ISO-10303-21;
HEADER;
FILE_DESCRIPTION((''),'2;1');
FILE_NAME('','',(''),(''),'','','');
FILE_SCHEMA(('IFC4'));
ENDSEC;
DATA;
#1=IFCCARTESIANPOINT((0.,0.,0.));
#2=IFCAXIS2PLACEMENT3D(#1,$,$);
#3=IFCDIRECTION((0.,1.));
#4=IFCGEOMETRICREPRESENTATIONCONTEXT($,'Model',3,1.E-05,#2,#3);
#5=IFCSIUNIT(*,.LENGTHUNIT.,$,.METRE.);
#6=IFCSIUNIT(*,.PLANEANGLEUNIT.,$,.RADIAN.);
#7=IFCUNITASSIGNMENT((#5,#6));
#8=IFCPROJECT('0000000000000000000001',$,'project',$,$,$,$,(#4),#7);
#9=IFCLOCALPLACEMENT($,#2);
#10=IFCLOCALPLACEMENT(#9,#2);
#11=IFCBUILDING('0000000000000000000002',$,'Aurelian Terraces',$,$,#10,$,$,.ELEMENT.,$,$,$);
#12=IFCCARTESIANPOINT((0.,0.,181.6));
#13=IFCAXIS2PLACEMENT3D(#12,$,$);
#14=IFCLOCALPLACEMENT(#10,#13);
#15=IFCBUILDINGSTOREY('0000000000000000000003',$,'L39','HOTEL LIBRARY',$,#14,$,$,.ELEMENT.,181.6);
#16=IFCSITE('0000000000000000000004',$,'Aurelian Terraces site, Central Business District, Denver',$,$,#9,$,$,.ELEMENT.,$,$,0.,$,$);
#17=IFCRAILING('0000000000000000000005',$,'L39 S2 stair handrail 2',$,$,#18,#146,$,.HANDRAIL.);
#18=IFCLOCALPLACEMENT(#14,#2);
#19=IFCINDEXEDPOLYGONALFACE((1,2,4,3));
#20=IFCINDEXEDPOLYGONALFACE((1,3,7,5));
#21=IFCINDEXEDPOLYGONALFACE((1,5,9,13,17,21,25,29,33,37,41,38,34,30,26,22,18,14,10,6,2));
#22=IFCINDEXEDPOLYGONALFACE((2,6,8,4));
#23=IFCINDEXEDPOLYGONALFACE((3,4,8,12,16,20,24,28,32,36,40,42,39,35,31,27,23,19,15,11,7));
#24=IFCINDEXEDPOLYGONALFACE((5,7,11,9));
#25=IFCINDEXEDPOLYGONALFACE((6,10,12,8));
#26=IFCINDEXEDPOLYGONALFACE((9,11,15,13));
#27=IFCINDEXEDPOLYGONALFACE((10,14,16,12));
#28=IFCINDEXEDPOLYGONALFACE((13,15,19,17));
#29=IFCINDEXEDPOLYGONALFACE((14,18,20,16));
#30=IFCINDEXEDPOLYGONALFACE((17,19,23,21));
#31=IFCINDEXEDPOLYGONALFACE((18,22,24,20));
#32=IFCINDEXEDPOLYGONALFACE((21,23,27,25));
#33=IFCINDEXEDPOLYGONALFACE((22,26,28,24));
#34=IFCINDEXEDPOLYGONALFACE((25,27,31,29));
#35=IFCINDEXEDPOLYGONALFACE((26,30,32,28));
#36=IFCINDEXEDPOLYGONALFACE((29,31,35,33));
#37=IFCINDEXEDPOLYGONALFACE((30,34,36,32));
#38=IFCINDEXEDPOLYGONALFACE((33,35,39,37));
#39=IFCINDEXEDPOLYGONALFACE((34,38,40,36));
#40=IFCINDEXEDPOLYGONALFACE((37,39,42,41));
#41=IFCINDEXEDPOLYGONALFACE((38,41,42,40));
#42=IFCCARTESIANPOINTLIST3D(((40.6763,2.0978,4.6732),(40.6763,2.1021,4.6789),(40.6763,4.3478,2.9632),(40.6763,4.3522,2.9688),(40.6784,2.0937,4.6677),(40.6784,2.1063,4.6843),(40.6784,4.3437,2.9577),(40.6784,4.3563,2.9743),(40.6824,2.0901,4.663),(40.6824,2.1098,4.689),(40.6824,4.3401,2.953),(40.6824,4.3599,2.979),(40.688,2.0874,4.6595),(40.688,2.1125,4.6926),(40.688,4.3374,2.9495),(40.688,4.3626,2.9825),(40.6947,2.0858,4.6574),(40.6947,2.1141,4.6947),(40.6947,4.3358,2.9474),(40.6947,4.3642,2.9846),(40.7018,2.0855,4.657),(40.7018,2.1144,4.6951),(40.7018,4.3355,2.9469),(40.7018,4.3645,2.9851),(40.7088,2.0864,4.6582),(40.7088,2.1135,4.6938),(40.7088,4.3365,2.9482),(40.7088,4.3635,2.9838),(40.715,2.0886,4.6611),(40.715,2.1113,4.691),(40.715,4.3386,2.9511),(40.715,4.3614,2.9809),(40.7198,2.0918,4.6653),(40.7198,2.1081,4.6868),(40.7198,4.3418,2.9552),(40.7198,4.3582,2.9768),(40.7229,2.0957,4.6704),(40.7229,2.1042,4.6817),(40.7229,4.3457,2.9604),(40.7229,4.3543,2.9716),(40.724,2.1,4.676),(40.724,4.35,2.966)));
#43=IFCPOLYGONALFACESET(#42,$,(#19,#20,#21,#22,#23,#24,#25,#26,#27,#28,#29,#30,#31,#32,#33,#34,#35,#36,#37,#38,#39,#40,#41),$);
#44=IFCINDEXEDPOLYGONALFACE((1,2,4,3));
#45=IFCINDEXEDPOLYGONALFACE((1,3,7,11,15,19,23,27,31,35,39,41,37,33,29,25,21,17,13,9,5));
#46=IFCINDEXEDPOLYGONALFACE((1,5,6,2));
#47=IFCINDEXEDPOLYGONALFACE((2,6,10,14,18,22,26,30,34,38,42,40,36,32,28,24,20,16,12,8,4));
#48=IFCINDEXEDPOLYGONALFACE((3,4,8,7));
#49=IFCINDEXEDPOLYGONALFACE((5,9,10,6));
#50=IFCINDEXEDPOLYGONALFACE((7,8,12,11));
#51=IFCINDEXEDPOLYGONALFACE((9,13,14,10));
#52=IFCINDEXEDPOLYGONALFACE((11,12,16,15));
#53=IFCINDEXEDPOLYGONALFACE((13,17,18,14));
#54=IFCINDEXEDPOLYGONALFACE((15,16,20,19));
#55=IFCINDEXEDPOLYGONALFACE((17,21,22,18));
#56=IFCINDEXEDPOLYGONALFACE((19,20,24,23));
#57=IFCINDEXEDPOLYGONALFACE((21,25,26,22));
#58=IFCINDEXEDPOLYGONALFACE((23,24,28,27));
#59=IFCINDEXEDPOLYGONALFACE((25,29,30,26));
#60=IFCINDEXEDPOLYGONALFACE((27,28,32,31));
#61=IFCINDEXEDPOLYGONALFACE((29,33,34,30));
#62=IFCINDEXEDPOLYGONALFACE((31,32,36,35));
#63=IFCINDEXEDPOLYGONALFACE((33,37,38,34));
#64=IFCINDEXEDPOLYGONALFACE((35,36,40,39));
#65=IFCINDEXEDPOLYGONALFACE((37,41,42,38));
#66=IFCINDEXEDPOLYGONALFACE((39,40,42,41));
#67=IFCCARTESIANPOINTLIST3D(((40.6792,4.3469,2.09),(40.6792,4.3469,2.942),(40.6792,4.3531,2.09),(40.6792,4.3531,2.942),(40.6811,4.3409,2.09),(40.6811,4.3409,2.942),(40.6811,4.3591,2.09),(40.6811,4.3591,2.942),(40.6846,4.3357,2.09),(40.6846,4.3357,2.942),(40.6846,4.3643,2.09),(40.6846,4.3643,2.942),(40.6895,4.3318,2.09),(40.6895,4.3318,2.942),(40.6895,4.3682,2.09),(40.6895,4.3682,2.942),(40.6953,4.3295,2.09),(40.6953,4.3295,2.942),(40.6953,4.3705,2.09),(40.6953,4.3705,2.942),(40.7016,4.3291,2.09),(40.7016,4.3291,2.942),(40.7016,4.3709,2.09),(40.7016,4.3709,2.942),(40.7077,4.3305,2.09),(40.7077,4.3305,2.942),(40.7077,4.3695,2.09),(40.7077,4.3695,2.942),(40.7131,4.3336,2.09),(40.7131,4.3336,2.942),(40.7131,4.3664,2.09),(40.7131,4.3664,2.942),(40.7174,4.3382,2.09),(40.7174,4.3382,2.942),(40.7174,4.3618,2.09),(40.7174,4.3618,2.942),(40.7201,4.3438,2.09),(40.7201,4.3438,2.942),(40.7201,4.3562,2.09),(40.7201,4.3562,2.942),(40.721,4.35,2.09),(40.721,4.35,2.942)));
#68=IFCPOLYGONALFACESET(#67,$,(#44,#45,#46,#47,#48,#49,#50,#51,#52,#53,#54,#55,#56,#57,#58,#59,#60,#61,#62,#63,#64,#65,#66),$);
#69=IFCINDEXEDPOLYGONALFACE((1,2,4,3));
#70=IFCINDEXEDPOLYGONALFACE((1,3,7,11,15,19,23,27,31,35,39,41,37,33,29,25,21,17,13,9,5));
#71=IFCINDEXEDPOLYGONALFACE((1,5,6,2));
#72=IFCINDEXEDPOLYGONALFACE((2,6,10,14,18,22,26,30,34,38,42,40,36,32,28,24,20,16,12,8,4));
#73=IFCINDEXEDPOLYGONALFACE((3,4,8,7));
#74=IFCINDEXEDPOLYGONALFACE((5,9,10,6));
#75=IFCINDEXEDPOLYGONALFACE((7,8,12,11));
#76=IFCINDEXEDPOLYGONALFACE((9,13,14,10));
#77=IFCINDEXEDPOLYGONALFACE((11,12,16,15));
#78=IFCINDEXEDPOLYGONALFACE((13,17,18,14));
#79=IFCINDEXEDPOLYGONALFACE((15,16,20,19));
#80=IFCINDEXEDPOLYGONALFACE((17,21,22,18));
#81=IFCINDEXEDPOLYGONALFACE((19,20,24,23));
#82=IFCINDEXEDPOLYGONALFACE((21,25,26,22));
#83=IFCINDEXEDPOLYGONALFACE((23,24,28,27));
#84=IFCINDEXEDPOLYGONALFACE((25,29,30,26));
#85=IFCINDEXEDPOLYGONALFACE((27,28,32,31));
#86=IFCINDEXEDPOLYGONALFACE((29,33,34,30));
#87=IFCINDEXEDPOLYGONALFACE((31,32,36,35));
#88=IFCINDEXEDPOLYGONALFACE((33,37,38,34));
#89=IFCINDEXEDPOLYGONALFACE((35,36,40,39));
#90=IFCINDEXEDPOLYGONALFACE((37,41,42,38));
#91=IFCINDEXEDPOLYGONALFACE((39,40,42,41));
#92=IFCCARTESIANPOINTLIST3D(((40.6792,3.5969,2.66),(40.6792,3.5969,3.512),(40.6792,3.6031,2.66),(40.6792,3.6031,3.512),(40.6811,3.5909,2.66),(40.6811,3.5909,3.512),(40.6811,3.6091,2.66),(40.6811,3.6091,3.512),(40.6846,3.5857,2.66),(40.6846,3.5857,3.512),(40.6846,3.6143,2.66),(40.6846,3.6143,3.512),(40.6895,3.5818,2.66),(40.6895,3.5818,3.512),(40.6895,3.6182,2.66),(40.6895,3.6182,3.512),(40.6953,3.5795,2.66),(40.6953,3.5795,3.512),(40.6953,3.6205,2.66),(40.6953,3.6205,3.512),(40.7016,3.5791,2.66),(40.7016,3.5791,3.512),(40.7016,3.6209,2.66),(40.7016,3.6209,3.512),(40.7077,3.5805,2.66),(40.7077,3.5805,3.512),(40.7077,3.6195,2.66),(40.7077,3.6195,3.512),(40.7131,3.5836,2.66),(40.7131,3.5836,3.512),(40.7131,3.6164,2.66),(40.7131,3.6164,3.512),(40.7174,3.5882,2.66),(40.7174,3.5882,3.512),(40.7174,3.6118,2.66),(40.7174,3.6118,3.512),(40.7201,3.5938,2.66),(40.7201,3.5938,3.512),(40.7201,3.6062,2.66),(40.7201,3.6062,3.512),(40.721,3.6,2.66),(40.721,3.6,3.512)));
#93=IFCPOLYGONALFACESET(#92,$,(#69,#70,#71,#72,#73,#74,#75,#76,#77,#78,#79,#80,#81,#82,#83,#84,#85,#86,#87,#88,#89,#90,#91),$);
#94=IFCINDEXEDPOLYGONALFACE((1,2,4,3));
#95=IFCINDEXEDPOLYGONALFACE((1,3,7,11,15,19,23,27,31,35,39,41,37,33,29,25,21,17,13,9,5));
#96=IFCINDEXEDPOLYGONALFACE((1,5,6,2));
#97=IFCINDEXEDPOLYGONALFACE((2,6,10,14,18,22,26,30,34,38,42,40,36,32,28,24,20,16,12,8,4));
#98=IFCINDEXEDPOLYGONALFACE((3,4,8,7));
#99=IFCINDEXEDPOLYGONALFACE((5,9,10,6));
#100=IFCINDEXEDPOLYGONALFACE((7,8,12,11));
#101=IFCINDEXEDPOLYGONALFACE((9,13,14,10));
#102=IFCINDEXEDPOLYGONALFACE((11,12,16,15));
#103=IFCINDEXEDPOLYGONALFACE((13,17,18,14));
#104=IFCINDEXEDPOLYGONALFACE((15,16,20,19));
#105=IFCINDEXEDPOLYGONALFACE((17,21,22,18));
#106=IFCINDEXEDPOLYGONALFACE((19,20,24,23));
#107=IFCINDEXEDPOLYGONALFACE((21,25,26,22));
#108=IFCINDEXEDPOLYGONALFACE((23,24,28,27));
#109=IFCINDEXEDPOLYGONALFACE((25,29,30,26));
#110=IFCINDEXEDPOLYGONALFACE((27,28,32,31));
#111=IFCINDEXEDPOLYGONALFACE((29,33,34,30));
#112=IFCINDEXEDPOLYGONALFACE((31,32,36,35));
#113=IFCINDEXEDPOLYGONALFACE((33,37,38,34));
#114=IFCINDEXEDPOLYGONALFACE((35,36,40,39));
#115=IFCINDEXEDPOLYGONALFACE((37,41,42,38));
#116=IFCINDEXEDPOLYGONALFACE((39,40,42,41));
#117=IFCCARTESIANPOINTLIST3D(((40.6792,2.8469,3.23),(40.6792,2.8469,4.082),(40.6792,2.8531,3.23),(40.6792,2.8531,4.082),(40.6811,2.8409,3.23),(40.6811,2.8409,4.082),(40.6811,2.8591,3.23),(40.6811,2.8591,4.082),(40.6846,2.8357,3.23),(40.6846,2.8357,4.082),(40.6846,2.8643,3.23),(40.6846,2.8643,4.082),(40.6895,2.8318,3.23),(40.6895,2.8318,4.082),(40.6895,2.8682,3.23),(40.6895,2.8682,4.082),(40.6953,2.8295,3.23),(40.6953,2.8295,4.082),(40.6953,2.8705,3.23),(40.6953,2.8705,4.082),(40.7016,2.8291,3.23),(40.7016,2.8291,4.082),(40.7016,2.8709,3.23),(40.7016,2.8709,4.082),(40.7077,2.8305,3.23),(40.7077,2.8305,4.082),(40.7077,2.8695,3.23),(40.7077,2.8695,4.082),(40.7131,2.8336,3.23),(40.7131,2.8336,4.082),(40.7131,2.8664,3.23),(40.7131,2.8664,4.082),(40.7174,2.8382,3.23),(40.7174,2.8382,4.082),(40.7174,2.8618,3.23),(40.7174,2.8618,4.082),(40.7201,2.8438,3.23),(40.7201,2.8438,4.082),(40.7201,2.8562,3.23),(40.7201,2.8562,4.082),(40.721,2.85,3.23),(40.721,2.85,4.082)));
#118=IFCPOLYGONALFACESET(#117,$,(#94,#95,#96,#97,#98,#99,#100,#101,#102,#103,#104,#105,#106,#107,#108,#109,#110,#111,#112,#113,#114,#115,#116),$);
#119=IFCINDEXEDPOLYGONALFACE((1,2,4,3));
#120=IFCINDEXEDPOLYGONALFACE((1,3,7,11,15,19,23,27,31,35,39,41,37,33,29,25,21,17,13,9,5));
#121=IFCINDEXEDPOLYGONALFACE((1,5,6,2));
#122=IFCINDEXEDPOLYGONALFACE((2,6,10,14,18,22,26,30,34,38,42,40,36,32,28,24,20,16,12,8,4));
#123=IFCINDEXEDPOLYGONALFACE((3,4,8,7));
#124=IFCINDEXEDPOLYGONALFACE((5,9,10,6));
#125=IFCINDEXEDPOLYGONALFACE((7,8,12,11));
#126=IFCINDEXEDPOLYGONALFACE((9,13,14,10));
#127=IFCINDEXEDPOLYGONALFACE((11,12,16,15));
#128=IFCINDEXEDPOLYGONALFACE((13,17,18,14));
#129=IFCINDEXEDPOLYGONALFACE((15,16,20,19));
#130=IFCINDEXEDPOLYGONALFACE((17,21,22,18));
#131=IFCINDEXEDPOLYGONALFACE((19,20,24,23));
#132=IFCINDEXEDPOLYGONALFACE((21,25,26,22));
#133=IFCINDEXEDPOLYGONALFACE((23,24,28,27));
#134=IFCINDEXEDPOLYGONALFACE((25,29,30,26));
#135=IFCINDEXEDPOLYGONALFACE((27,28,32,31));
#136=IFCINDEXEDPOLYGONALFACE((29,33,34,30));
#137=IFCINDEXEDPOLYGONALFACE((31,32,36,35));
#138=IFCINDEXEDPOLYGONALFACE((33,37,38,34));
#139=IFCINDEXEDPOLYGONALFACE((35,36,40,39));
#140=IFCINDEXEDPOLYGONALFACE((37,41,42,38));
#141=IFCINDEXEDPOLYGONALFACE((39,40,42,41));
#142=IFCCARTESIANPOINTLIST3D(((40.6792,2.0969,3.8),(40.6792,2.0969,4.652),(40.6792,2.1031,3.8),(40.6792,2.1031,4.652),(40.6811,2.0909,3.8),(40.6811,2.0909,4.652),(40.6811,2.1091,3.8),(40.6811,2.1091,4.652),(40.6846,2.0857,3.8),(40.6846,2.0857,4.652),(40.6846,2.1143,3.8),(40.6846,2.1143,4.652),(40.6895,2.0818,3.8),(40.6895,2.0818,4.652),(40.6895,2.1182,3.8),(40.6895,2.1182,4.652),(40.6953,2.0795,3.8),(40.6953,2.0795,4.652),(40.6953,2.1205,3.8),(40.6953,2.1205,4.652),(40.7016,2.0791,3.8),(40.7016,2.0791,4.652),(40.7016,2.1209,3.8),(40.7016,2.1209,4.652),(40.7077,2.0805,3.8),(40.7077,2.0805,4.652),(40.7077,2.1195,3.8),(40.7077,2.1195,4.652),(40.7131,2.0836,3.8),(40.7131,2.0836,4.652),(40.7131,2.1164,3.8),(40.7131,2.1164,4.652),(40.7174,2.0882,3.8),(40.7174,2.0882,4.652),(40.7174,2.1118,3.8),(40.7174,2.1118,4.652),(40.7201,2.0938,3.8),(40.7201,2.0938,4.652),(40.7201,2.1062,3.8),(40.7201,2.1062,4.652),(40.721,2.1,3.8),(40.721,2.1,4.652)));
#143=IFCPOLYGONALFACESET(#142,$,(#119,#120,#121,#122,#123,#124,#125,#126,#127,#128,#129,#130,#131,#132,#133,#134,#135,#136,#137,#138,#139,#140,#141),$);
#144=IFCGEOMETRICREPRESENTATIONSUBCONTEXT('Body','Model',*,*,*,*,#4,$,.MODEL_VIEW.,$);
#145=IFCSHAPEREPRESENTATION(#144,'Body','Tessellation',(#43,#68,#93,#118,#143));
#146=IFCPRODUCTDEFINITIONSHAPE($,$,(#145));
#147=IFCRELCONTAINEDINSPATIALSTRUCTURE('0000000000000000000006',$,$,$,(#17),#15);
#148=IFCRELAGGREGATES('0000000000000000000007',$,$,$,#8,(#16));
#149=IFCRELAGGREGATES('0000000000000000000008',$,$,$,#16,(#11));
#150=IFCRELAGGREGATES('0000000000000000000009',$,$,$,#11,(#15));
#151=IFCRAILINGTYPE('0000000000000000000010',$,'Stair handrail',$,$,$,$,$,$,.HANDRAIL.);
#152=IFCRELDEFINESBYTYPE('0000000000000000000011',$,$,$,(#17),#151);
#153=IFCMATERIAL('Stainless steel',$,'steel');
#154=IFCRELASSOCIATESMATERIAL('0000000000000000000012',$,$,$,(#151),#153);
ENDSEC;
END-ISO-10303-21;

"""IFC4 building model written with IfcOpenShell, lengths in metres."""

from ifc_helpers import new_model, si_unit, direction, frame, origin, origin_2d, place, context, subcontext, project, spatial, circle, extrude, source, transform, mapped, material, type_object, element, save


model = new_model("IFC4")

# Units and contexts
model_context = context("Model", 3, precision=1e-05, world=origin(), true_north=direction((0.0, 1.0)))
body_context = subcontext(model_context, "Body", "Model", "MODEL_VIEW")
ifc_project = project(units=[si_unit("LENGTHUNIT", "METRE"), si_unit("PLANEANGLEUNIT", "RADIAN")], contexts=[model_context])

# Site, building, storey
site_placement = place(None, origin())
site = spatial("IfcSite", under=ifc_project, at=site_placement, Name="Aurelian Terraces site, Central Business District, Denver", CompositionType="ELEMENT", RefElevation=0.0)
building_placement = place(site_placement, origin())
building = spatial("IfcBuilding", under=site, at=building_placement, Name="Aurelian Terraces", CompositionType="ELEMENT")
storey_placement = place(building_placement, frame((0.0, 0.0, 181.6)))
storey = spatial("IfcBuildingStorey", under=building, at=storey_placement, Name="L39", Description="HOTEL LIBRARY", CompositionType="ELEMENT", Elevation=181.6)

# Railing
ifc_material_1 = material(Name="Stainless steel", Category="steel")
railing_type = type_object("IfcRailingType", Name="Stair handrail", PredefinedType="HANDRAIL", material=ifc_material_1)
shared_shape_1 = source(origin(), body_context, "Body", "SweptSolid", [
    extrude(circle(Radius=0.024, at=origin_2d()), frame((0.0, 0.0, 0.876), z_axis=(0.0, -0.796162, 0.605083), x_axis=(1.0, 0.0, 0.0)), (0.0, 0.0, 1.0), 2.8261),
    extrude(circle(Radius=0.021, at=origin_2d()), origin(), (0.0, 0.0, 1.0), 0.852),
    extrude(circle(Radius=0.021, at=origin_2d()), frame((0.0, -0.75, 0.57)), (0.0, 0.0, 1.0), 0.852),
    extrude(circle(Radius=0.021, at=origin_2d()), frame((0.0, -1.5, 1.14)), (0.0, 0.0, 1.0), 0.852),
    extrude(circle(Radius=0.021, at=origin_2d()), frame((0.0, -2.25, 1.71)), (0.0, 0.0, 1.0), 0.852),
])
railing_placement = place(storey_placement, frame((40.7, 4.35, 2.09)))
element("IfcRailing", 1, at=railing_placement, inside=storey, type_object=railing_type, Name="L39 S2 stair handrail 2", PredefinedType="HANDRAIL", context=body_context, shape_type="MappedRepresentation", body=[
    mapped(shared_shape_1, transform((0.0, 0.0, 0.0), scale=1.0)),
])

save(model, "model.ifc")
